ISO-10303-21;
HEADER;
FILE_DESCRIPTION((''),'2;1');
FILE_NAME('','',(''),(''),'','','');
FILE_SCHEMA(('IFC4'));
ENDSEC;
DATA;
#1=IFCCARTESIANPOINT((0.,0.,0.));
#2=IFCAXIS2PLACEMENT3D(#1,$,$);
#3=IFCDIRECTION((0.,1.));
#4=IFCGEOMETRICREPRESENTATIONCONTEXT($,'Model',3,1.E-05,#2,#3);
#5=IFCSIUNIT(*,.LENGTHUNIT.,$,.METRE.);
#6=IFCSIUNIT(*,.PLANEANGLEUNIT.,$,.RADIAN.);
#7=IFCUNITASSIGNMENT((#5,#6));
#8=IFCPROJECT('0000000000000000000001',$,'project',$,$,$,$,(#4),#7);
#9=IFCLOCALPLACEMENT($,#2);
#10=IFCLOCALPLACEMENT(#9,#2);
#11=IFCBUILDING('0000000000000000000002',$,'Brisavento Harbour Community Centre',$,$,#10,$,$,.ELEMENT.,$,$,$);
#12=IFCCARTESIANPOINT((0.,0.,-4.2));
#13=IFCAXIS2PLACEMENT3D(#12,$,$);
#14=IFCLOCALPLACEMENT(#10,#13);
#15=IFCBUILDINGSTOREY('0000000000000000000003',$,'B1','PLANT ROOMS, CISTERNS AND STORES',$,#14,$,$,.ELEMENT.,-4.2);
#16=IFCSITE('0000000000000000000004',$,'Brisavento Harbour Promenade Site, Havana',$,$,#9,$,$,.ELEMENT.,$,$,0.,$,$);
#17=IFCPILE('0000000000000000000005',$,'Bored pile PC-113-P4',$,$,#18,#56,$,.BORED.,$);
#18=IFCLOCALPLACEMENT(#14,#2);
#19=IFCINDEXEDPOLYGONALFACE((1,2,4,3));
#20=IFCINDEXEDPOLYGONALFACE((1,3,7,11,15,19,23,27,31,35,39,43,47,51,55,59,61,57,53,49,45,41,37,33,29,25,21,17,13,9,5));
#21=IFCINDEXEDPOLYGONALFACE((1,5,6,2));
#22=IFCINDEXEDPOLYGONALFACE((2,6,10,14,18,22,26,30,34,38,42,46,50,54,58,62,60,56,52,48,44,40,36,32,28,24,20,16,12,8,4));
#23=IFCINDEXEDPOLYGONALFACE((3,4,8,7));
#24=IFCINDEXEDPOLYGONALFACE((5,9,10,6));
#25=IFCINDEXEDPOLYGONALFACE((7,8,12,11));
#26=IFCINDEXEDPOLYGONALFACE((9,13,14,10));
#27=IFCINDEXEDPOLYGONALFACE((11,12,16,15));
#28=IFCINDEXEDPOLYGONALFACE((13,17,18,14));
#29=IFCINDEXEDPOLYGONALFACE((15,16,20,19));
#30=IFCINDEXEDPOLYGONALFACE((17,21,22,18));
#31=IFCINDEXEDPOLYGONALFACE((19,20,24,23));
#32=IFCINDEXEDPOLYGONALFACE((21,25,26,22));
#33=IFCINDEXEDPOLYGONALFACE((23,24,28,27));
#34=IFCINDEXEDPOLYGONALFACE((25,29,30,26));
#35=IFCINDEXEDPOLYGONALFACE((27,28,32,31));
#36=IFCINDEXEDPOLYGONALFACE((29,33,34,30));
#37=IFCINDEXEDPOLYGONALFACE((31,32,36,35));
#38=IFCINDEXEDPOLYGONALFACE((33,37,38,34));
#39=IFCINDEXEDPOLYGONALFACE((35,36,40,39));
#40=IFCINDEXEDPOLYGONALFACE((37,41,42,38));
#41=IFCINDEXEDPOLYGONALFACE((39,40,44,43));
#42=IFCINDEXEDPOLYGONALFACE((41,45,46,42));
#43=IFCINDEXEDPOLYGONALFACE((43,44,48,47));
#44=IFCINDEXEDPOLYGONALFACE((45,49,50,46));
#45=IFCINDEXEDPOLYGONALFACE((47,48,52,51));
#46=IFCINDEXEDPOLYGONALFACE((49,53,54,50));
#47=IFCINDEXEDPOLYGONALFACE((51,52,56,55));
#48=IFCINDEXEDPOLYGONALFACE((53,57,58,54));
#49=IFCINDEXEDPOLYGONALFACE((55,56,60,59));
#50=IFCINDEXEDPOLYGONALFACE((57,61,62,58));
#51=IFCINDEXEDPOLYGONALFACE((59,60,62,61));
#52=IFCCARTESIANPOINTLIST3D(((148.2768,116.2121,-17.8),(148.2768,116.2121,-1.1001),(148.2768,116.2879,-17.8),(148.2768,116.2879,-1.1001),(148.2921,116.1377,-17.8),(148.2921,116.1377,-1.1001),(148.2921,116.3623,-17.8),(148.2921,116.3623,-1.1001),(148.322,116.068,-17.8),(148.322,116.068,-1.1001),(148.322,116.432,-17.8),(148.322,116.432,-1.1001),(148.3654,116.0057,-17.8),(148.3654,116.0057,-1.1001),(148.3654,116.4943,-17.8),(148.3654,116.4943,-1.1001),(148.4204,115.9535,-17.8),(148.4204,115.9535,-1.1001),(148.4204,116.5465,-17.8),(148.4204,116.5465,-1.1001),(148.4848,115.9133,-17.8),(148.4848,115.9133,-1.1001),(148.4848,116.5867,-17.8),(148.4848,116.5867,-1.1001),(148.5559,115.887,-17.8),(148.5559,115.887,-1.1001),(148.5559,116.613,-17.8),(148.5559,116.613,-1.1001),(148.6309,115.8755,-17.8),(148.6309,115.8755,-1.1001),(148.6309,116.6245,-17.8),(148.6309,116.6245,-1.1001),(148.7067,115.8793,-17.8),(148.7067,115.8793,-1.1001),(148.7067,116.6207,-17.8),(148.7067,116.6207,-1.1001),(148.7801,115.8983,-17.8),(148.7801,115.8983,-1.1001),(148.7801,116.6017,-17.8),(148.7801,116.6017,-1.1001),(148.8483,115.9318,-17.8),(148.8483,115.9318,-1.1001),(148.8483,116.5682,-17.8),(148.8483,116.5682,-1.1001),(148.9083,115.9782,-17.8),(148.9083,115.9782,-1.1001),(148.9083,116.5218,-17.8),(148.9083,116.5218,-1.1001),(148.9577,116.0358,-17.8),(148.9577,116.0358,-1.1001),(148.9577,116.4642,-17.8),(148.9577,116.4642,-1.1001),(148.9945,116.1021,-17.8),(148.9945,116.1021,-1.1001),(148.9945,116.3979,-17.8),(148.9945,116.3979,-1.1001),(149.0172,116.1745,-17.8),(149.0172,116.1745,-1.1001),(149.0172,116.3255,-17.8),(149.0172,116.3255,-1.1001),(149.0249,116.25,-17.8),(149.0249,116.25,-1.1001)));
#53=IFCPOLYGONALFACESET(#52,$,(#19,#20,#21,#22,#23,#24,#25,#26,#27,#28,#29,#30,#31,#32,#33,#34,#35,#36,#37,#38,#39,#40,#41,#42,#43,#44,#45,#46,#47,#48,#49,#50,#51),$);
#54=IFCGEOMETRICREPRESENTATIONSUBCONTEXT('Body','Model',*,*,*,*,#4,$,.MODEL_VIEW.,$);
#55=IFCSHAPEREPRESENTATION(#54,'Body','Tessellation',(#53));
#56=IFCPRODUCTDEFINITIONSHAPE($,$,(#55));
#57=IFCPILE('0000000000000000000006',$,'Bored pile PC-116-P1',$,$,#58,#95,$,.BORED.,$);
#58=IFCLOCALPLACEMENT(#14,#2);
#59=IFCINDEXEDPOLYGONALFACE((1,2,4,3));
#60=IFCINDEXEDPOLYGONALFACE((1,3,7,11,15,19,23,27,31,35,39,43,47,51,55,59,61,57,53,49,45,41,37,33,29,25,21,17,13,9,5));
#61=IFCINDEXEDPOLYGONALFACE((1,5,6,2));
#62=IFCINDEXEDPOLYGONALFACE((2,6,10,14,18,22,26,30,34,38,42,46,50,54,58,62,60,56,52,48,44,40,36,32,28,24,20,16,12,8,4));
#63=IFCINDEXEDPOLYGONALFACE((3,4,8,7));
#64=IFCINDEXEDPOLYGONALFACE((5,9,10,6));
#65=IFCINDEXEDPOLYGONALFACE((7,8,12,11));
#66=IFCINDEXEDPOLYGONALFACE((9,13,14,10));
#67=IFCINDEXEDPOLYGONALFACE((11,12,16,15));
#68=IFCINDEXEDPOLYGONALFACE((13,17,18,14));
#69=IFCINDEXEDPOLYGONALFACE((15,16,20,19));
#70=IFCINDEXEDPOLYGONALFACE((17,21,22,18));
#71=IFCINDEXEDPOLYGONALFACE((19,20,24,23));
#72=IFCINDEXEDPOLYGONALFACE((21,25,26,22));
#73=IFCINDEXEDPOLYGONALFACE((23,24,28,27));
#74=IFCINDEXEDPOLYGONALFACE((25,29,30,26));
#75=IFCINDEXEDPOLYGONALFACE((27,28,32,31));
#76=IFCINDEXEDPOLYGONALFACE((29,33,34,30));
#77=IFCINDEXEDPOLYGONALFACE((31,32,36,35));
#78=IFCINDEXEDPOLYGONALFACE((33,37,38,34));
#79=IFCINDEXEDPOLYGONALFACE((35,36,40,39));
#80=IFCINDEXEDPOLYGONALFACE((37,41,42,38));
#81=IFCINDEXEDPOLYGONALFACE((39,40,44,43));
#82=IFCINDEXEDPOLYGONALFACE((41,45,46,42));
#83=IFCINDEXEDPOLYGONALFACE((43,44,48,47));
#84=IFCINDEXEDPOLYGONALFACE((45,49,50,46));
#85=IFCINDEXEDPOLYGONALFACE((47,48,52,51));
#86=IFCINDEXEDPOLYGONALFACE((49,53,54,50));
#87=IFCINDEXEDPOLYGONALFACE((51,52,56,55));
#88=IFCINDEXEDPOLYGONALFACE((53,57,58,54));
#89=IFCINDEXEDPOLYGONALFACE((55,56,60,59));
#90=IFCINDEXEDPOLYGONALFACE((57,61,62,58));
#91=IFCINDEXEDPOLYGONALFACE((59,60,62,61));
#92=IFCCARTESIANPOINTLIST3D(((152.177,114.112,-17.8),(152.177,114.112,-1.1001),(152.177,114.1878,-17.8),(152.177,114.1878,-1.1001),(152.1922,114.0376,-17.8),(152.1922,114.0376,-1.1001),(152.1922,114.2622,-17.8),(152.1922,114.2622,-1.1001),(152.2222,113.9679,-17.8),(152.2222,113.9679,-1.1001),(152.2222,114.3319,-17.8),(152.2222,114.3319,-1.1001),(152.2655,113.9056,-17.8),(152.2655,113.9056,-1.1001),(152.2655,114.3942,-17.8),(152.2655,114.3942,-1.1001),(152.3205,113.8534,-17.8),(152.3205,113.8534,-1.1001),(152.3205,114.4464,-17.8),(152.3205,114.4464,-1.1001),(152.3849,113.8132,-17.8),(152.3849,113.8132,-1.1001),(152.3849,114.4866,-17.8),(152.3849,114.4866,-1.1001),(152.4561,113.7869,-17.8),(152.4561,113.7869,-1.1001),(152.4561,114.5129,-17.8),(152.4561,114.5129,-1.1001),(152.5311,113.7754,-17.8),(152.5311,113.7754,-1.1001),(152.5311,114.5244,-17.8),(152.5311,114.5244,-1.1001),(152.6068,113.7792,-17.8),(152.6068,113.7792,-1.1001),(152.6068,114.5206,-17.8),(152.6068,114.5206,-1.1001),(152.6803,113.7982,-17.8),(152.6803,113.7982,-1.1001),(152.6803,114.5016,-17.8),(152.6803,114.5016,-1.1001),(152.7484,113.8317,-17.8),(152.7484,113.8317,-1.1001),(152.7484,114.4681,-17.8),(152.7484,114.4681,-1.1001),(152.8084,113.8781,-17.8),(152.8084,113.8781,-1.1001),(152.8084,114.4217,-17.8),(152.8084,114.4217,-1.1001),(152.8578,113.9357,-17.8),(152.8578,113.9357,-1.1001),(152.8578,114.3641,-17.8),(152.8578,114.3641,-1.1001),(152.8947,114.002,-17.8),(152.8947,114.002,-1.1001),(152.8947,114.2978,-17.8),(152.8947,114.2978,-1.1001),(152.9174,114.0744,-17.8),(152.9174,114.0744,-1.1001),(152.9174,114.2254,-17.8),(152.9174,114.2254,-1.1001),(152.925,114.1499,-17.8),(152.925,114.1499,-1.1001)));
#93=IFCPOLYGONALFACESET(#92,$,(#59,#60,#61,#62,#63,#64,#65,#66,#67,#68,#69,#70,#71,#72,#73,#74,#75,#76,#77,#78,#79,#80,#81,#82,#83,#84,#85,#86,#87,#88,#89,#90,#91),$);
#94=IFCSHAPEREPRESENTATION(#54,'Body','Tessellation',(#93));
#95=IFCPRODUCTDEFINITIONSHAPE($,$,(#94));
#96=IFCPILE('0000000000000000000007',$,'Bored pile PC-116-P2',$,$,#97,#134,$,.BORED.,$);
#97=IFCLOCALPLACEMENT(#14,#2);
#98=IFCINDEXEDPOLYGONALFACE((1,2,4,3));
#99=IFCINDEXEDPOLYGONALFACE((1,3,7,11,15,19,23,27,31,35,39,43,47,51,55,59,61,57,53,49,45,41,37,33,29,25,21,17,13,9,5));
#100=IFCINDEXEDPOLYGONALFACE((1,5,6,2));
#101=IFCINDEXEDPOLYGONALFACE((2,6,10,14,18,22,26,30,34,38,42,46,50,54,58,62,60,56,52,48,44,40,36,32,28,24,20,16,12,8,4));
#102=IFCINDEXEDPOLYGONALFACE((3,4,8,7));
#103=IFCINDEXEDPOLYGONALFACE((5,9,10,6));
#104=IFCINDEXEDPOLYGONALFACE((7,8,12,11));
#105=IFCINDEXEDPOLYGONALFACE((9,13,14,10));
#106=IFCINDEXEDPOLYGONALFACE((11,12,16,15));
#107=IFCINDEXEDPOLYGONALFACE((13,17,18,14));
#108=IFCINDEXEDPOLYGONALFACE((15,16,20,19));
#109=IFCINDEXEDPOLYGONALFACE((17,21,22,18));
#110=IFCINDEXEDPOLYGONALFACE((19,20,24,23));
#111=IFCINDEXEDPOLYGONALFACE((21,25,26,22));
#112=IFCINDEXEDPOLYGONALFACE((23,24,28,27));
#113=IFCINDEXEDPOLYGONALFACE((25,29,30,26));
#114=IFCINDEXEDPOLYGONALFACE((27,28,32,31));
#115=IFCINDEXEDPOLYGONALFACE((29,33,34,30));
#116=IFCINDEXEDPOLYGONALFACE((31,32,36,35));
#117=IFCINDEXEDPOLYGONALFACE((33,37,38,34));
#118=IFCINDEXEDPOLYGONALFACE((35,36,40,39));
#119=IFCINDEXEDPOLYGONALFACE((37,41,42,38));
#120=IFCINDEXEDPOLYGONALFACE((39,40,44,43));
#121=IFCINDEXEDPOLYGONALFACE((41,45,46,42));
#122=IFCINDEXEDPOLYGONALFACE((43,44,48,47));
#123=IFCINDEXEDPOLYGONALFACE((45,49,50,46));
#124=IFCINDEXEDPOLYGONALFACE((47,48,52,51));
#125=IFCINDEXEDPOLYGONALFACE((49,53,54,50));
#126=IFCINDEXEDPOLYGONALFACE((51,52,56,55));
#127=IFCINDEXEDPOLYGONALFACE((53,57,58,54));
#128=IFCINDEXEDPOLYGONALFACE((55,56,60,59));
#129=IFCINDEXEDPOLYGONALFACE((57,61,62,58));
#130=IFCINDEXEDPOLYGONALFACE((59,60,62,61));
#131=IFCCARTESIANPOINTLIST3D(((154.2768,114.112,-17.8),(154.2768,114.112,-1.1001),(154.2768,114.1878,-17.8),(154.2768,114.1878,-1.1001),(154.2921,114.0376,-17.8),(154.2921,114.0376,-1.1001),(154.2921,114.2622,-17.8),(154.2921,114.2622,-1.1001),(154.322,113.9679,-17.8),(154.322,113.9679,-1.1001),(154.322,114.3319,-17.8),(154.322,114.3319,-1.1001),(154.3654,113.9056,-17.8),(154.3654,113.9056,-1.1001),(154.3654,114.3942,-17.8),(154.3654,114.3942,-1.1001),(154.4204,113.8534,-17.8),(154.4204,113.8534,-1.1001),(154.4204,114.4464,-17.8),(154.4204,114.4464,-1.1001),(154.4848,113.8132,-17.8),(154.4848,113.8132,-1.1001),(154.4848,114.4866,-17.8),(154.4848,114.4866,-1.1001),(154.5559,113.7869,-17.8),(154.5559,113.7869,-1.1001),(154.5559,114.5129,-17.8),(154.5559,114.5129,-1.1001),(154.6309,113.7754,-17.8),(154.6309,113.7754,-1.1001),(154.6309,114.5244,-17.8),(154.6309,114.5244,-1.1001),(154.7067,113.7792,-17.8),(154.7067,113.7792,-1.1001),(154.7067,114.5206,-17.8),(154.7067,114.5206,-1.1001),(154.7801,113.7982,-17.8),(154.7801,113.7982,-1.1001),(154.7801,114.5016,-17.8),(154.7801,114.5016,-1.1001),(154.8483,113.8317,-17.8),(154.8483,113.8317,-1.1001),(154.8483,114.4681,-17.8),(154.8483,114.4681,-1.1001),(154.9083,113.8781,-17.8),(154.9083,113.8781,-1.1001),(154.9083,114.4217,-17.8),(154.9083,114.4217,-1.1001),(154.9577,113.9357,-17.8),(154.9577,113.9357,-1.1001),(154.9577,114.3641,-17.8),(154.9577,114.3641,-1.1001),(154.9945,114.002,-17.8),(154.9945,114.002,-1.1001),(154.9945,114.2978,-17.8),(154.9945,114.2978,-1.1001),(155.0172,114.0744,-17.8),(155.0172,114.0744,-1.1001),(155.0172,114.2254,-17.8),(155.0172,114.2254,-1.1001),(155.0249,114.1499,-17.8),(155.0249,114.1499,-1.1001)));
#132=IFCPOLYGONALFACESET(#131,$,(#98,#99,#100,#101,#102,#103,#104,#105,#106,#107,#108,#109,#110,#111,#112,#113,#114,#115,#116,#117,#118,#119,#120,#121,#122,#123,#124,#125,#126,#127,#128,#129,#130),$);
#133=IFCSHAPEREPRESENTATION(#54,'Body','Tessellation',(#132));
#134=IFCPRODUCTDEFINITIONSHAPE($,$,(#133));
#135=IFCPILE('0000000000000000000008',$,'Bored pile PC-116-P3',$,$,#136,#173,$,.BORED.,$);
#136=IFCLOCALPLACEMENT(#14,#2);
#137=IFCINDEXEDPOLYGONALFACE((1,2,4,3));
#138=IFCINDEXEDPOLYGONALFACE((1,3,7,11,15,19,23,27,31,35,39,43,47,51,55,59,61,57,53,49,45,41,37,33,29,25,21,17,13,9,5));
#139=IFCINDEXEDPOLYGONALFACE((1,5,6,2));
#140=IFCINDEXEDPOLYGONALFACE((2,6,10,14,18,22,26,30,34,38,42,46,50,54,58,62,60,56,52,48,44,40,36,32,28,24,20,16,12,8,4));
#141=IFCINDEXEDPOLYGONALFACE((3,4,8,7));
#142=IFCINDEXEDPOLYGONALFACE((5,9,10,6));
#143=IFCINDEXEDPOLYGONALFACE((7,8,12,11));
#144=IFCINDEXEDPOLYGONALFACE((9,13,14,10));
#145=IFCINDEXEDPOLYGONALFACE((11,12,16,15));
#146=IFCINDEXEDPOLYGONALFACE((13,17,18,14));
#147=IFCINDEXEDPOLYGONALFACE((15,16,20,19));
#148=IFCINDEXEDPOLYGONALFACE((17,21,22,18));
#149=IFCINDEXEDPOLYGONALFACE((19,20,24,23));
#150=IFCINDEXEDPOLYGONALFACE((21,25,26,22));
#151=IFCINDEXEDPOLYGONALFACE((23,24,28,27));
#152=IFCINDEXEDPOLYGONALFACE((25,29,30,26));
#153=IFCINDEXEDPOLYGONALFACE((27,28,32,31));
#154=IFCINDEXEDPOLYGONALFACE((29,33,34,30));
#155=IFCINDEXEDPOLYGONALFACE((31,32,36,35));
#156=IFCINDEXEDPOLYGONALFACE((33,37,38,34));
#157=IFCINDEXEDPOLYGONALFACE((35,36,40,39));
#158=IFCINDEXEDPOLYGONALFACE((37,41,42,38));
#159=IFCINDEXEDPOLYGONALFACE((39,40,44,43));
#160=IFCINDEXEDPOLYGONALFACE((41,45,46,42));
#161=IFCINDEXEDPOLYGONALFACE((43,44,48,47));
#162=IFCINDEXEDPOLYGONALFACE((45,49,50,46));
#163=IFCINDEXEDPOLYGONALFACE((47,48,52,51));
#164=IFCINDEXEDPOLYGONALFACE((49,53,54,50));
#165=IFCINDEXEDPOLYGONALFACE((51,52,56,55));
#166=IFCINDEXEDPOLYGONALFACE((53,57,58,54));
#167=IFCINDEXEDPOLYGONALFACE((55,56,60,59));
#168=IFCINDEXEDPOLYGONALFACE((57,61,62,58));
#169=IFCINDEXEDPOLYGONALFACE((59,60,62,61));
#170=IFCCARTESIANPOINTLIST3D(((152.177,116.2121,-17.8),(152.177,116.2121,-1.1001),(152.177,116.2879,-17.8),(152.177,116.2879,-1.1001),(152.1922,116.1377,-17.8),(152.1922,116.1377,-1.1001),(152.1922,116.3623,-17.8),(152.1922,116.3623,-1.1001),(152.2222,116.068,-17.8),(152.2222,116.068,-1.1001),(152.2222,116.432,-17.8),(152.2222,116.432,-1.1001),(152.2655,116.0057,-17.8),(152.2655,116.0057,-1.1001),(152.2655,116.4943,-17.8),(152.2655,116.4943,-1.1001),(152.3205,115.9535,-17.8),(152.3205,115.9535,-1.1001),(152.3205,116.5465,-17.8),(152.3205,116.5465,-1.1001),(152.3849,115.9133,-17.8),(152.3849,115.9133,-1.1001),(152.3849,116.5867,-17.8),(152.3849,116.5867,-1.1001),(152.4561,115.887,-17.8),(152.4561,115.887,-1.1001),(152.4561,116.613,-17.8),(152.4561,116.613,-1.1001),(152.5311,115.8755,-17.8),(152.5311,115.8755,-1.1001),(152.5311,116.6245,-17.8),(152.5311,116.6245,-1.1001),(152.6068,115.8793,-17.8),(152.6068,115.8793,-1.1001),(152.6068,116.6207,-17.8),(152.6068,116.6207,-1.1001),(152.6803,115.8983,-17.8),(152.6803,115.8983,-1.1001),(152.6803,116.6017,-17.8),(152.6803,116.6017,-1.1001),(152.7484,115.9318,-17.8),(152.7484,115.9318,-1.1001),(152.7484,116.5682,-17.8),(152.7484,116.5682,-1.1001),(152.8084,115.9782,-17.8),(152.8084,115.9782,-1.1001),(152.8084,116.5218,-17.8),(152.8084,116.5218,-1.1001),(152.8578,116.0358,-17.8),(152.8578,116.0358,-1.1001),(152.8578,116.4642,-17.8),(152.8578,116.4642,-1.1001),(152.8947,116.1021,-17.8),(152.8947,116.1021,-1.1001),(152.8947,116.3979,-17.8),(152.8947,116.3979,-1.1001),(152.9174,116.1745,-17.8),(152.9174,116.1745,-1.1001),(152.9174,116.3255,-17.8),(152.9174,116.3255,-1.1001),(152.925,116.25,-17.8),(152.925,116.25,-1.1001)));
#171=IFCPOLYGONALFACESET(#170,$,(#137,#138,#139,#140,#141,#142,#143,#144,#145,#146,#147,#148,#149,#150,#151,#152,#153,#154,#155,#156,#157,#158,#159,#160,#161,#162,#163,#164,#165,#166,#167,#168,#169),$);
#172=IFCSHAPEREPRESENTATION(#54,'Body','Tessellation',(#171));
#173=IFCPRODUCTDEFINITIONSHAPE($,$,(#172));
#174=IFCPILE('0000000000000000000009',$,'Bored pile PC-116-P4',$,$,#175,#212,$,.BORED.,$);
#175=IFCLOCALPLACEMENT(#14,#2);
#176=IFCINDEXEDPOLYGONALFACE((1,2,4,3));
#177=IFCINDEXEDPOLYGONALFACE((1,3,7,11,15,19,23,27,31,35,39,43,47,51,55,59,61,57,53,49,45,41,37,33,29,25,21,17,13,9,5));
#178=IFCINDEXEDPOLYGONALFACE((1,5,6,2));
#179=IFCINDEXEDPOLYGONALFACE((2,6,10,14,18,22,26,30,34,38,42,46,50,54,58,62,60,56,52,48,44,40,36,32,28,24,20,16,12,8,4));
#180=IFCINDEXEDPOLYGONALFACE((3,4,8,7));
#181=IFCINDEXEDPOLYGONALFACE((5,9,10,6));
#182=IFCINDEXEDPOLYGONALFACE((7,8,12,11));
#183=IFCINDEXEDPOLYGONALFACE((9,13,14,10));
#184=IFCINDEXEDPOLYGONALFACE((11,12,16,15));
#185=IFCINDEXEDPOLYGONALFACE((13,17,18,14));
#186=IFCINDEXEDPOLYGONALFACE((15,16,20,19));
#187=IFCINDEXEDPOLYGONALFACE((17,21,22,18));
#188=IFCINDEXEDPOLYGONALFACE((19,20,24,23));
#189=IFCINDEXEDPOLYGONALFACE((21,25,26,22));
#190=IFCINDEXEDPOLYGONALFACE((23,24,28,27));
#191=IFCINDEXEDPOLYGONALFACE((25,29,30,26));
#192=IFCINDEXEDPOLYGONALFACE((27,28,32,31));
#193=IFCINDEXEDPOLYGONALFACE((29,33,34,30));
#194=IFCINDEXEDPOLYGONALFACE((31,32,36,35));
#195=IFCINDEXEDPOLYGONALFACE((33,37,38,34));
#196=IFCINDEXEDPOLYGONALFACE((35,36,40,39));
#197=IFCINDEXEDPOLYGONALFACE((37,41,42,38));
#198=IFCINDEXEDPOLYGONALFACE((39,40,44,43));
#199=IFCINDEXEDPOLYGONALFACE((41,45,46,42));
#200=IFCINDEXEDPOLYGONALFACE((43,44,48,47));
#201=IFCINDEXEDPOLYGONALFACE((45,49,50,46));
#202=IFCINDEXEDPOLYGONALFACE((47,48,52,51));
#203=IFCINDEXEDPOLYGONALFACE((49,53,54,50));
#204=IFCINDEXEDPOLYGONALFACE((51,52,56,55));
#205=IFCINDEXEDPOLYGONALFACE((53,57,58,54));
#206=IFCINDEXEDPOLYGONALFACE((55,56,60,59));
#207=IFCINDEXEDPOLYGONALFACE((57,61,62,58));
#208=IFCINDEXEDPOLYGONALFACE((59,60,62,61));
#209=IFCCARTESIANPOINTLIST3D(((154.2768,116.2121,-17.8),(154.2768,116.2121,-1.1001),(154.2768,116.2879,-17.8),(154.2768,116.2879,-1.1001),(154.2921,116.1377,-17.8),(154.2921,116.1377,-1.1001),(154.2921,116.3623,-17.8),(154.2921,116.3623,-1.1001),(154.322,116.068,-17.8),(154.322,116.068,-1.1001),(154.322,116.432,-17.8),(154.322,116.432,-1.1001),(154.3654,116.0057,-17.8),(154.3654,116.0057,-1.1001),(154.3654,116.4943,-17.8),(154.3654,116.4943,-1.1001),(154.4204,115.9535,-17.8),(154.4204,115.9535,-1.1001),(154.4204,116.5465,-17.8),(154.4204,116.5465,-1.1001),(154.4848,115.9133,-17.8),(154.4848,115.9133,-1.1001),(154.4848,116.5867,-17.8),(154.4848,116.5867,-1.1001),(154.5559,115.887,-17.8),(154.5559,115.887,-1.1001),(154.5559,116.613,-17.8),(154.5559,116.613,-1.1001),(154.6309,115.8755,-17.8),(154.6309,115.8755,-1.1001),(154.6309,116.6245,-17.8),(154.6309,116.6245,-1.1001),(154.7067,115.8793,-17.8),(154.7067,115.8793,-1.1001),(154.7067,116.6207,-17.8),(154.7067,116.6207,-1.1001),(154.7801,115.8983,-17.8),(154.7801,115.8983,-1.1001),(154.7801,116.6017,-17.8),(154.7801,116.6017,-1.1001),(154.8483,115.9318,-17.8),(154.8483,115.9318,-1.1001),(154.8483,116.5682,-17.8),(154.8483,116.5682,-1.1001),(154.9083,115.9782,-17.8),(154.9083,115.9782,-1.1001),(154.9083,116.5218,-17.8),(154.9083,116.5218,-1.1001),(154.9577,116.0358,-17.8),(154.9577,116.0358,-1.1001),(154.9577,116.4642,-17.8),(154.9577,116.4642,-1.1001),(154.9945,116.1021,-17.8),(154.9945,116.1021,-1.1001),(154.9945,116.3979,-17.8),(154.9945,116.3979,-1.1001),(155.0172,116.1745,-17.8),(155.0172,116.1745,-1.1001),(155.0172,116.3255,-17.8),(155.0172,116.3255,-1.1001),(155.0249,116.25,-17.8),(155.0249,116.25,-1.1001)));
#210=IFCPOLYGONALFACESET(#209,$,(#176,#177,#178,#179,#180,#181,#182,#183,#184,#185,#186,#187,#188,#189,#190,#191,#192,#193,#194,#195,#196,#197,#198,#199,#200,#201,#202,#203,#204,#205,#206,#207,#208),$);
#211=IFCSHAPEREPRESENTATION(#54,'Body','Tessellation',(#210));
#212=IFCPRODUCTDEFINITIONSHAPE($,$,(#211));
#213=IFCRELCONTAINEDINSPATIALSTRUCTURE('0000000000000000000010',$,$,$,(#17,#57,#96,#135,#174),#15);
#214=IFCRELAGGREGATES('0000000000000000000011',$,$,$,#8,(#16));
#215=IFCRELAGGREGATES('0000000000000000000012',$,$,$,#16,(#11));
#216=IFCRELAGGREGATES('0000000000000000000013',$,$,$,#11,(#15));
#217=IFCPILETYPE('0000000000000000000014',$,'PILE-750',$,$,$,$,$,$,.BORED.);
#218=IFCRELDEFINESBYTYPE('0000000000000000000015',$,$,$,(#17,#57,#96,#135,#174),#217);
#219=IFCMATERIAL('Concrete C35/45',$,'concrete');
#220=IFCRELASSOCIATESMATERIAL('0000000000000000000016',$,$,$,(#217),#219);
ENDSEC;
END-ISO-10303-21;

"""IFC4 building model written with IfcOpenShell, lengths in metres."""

from ifc_helpers import new_model, si_unit, direction, frame, origin, origin_2d, place, context, subcontext, project, spatial, circle, extrude, material, material_profile, profile_set, type_object, element, save


model = new_model("IFC4")

# Units and contexts
model_context = context("Model", 3, precision=1e-05, world=origin(), true_north=direction((0.0, 1.0)))
body_context = subcontext(model_context, "Body", "Model", "MODEL_VIEW")
ifc_project = project(units=[si_unit("LENGTHUNIT", "METRE"), si_unit("PLANEANGLEUNIT", "RADIAN")], contexts=[model_context])

# Site, building, storey
site_placement = place(None, origin())
site = spatial("IfcSite", under=ifc_project, at=site_placement, Name="Brisavento Harbour Promenade Site, Havana", CompositionType="ELEMENT", RefElevation=0.0)
building_placement = place(site_placement, origin())
building = spatial("IfcBuilding", under=site, at=building_placement, Name="Brisavento Harbour Community Centre", CompositionType="ELEMENT")
storey_placement = place(building_placement, frame((0.0, 0.0, -4.2)))
storey = spatial("IfcBuildingStorey", under=building, at=storey_placement, Name="B1", Description="PLANT ROOMS, CISTERNS AND STORES", CompositionType="ELEMENT", Elevation=-4.2)

# Shared definitions
ifc_material_1 = material(Name="Concrete C35/45", Category="concrete")

# Piles
ifc_material_profile_1 = material_profile(ifc_material_1, circle(Radius=0.375, at=origin_2d()), Name="Concrete C35/45")
ifc_profile_set_1 = profile_set([ifc_material_profile_1], Name="Concrete C35/45")
pile_type = type_object("IfcPileType", Name="PILE-750", PredefinedType="BORED", material=ifc_profile_set_1)
for number, where, z_axis, x_axis, name in (
    (1, (148.6499, 116.25, -1.1001), (0.0, 0.0, -1.0), (1.0, 0.0, 0.0), "Bored pile PC-113-P4"),
    (2, (152.55, 114.1499, -1.1001), (0.0, 0.0, -1.0), (1.0, 0.0, 0.0), "Bored pile PC-116-P1"),
    (3, (154.6499, 114.1499, -1.1001), (0.0, 0.0, -1.0), (1.0, 0.0, 0.0), "Bored pile PC-116-P2"),
    (4, (152.55, 116.25, -1.1001), (0.0, 0.0, -1.0), (1.0, 0.0, 0.0), "Bored pile PC-116-P3"),
    (5, (154.6499, 116.25, -1.1001), (0.0, 0.0, -1.0), (1.0, 0.0, 0.0), "Bored pile PC-116-P4"),
):
    element("IfcPile", number, at=place(storey_placement, frame(where, z_axis=z_axis, x_axis=x_axis)), inside=storey, type_object=pile_type, Name=name, PredefinedType="BORED", context=body_context, shape_type="SweptSolid", body=[
        extrude(circle(Radius=0.375, at=origin_2d()), origin(), (0.0, 0.0, 1.0), 16.7),
    ])

save(model, "model.ifc")
